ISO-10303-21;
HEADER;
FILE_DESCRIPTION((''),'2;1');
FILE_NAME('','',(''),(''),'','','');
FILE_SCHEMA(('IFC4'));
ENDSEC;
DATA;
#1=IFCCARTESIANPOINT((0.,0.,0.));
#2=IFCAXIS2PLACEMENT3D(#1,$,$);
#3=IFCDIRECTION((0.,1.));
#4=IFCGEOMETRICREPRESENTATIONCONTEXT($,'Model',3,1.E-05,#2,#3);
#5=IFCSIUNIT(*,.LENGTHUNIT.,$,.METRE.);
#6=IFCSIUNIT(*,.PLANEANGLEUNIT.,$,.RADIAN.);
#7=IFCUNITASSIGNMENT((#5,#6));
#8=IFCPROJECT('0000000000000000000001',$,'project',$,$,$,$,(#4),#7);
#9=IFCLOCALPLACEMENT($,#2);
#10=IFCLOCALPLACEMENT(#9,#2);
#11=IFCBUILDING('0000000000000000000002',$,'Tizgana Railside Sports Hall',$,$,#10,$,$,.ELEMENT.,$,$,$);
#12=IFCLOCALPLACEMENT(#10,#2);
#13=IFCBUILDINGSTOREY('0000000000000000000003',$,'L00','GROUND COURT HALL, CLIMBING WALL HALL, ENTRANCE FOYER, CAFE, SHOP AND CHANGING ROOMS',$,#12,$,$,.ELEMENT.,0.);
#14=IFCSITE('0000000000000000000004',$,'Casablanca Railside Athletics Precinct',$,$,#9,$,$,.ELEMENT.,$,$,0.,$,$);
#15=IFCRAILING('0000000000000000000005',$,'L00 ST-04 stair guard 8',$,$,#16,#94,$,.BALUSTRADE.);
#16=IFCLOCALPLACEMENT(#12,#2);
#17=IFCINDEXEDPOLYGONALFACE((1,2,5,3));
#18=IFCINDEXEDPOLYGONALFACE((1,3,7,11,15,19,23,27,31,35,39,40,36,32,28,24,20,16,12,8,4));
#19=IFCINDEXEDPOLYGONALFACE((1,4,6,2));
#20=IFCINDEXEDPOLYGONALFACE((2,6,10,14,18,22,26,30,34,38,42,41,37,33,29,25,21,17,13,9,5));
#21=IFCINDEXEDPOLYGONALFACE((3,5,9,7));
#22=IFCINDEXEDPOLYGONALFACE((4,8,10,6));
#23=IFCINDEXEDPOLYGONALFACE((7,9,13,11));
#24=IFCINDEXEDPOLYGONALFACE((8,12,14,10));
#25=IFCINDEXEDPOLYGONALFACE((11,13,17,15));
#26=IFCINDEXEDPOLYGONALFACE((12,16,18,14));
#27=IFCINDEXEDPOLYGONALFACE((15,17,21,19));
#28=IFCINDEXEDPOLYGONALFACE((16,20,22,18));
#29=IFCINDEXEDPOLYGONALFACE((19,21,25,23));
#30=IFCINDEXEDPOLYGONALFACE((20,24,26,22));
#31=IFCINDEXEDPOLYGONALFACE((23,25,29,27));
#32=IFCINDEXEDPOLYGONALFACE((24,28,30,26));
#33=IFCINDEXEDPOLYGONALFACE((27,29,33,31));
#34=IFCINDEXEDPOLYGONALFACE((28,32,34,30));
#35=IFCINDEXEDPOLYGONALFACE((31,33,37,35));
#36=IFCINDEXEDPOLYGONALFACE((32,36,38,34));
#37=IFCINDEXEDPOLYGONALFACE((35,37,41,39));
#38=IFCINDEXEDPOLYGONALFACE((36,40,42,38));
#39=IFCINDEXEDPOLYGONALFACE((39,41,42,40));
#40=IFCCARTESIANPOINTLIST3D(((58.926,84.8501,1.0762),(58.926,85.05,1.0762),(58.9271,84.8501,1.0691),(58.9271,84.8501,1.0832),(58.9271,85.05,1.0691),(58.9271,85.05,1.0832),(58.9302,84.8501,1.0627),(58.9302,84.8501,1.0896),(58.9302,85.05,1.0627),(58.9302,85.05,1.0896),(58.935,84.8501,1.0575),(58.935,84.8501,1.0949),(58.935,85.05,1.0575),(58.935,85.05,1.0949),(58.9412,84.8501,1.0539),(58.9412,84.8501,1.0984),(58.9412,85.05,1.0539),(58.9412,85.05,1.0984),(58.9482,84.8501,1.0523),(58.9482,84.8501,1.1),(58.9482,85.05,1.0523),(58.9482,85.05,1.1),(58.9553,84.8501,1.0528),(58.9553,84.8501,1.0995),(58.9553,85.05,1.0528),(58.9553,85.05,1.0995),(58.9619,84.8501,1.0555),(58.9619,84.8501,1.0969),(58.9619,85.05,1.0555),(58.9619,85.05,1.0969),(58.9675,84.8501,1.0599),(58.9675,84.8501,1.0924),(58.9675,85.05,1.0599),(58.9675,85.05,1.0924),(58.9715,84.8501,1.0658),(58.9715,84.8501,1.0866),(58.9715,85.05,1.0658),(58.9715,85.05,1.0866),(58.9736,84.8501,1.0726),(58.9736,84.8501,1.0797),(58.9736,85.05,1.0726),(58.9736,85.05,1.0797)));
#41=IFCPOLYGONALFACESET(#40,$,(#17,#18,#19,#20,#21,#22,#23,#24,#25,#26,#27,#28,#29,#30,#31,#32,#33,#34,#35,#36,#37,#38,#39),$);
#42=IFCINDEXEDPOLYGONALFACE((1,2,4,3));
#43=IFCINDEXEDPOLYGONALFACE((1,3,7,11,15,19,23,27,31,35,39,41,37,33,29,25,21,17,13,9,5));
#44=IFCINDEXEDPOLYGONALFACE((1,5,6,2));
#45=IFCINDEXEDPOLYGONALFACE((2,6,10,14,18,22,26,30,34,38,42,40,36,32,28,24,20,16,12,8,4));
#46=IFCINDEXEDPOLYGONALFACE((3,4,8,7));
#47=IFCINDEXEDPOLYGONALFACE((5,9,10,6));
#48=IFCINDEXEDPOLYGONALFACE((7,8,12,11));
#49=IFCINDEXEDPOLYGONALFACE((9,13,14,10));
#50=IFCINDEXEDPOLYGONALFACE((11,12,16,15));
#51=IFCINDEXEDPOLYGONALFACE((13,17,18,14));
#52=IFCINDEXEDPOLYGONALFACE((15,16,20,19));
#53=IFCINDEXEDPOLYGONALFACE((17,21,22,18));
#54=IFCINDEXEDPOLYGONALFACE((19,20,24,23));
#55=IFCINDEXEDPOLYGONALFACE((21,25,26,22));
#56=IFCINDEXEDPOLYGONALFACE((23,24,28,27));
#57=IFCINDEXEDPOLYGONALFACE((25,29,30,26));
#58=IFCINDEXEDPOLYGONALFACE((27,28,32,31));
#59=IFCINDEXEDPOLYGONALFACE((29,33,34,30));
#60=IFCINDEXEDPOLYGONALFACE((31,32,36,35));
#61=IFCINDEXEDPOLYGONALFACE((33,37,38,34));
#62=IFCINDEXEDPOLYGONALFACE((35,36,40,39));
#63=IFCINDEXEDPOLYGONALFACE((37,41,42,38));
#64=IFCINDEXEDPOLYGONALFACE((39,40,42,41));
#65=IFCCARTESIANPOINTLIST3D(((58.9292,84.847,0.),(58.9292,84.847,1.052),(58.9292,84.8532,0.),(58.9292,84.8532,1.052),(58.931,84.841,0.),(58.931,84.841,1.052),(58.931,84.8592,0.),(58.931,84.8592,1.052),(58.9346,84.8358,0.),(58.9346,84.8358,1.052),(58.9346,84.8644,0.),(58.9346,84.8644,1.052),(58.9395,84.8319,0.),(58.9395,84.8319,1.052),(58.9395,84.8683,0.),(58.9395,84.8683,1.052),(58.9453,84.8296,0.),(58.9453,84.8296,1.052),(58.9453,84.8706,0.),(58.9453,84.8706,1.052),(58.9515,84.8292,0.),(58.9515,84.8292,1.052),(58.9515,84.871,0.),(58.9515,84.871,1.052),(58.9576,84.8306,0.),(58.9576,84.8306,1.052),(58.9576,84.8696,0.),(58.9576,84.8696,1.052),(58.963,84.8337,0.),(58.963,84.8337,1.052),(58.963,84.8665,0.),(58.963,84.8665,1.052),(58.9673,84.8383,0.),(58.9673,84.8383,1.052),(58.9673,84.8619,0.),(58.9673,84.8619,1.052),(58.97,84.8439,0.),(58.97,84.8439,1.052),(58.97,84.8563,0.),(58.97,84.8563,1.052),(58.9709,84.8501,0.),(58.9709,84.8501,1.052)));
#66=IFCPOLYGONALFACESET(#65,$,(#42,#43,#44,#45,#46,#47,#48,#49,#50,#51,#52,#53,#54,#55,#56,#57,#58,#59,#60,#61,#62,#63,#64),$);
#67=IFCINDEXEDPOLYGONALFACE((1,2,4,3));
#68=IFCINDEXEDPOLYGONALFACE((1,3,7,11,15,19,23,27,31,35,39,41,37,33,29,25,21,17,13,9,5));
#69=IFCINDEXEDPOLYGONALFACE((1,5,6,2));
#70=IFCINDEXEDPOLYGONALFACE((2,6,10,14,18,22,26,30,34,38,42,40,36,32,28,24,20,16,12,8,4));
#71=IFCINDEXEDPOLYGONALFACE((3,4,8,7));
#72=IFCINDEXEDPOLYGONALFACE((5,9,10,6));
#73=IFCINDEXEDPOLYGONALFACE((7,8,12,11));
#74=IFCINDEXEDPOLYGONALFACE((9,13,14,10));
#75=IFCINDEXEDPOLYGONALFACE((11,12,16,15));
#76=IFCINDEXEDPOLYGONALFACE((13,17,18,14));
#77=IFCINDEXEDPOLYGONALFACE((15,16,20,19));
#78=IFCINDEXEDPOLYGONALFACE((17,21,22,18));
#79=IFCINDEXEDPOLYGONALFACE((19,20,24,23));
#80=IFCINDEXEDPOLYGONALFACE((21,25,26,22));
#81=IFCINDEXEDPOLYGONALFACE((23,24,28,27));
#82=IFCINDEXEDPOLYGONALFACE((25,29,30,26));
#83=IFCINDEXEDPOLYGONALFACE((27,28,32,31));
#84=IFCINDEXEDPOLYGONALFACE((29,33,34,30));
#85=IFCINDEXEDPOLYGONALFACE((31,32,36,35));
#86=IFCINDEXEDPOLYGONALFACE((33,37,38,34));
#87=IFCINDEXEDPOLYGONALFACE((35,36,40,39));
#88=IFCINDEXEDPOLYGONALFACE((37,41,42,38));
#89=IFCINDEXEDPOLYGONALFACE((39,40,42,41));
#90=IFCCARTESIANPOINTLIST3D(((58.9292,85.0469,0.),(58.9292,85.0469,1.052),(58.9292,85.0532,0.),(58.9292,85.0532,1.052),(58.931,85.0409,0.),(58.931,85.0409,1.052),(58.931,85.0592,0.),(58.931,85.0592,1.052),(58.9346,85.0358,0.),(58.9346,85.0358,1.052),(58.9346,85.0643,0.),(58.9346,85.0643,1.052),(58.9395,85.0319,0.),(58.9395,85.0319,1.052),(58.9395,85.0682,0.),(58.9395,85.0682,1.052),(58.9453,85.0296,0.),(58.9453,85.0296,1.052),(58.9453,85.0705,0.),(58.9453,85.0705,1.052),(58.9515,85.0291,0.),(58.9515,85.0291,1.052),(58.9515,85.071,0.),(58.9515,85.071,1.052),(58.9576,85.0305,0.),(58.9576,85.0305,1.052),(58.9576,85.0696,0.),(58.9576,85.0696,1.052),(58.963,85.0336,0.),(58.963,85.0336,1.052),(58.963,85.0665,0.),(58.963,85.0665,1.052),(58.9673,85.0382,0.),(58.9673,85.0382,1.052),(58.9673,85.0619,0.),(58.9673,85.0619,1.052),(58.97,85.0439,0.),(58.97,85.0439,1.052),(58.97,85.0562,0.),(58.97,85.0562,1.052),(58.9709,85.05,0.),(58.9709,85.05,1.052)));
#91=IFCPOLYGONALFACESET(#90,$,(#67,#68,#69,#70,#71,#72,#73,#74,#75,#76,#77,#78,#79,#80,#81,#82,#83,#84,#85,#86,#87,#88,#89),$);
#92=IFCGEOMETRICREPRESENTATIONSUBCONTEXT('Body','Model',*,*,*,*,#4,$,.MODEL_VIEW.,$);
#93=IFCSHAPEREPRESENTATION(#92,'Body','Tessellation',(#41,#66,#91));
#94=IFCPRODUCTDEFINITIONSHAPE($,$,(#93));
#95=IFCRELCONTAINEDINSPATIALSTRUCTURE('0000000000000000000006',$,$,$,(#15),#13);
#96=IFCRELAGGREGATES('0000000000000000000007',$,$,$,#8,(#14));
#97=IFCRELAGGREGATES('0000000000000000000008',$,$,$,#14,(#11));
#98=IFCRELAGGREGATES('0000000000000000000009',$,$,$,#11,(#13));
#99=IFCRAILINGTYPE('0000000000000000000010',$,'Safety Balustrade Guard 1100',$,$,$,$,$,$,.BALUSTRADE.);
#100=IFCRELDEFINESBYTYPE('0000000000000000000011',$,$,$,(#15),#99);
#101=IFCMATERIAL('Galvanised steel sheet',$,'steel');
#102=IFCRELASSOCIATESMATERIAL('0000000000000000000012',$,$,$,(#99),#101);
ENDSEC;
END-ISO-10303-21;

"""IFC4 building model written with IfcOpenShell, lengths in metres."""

from ifc_helpers import new_model, si_unit, direction, frame, origin, origin_2d, place, context, subcontext, project, spatial, circle, extrude, material, type_object, element, save


model = new_model("IFC4")

# Units and contexts
model_context = context("Model", 3, precision=1e-05, world=origin(), true_north=direction((0.0, 1.0)))
body_context = subcontext(model_context, "Body", "Model", "MODEL_VIEW")
ifc_project = project(units=[si_unit("LENGTHUNIT", "METRE"), si_unit("PLANEANGLEUNIT", "RADIAN")], contexts=[model_context])

# Site, building, storey
site_placement = place(None, origin())
site = spatial("IfcSite", under=ifc_project, at=site_placement, Name="Casablanca Railside Athletics Precinct", CompositionType="ELEMENT", RefElevation=0.0)
building_placement = place(site_placement, origin())
building = spatial("IfcBuilding", under=site, at=building_placement, Name="Tizgana Railside Sports Hall", CompositionType="ELEMENT")
storey_placement = place(building_placement, origin())
storey = spatial("IfcBuildingStorey", under=building, at=storey_placement, Name="L00", Description="GROUND COURT HALL, CLIMBING WALL HALL, ENTRANCE FOYER, CAFE, SHOP AND CHANGING ROOMS", CompositionType="ELEMENT", Elevation=0.0)

# Shared definitions
ifc_material_1 = material(Name="Galvanised steel sheet", Category="steel")

# Railing
railing_type_1 = type_object("IfcRailingType", Name="Safety Balustrade Guard 1100", PredefinedType="BALUSTRADE", material=ifc_material_1)
railing_1_placement = place(storey_placement, frame((58.95, 84.8501, 0.0)))
element("IfcRailing", 1, at=railing_1_placement, inside=storey, type_object=railing_type_1, Name="L00 ST-04 stair guard 8", PredefinedType="BALUSTRADE", context=body_context, shape_type="SweptSolid", body=[
    extrude(circle(Radius=0.0239, at=origin_2d()), frame((0.0, 0.0, 1.0762), z_axis=(0.0, 1.0, 0.0), x_axis=(-1.0, 0.0, 0.0)), (0.0, 0.0, 1.0), 0.2),
    extrude(circle(Radius=0.021, at=origin_2d()), origin(), (0.0, 0.0, 1.0), 1.052),
    extrude(circle(Radius=0.021, at=origin_2d()), frame((0.0, 0.2, 0.0)), (0.0, 0.0, 1.0), 1.052),
])

save(model, "model.ifc")
